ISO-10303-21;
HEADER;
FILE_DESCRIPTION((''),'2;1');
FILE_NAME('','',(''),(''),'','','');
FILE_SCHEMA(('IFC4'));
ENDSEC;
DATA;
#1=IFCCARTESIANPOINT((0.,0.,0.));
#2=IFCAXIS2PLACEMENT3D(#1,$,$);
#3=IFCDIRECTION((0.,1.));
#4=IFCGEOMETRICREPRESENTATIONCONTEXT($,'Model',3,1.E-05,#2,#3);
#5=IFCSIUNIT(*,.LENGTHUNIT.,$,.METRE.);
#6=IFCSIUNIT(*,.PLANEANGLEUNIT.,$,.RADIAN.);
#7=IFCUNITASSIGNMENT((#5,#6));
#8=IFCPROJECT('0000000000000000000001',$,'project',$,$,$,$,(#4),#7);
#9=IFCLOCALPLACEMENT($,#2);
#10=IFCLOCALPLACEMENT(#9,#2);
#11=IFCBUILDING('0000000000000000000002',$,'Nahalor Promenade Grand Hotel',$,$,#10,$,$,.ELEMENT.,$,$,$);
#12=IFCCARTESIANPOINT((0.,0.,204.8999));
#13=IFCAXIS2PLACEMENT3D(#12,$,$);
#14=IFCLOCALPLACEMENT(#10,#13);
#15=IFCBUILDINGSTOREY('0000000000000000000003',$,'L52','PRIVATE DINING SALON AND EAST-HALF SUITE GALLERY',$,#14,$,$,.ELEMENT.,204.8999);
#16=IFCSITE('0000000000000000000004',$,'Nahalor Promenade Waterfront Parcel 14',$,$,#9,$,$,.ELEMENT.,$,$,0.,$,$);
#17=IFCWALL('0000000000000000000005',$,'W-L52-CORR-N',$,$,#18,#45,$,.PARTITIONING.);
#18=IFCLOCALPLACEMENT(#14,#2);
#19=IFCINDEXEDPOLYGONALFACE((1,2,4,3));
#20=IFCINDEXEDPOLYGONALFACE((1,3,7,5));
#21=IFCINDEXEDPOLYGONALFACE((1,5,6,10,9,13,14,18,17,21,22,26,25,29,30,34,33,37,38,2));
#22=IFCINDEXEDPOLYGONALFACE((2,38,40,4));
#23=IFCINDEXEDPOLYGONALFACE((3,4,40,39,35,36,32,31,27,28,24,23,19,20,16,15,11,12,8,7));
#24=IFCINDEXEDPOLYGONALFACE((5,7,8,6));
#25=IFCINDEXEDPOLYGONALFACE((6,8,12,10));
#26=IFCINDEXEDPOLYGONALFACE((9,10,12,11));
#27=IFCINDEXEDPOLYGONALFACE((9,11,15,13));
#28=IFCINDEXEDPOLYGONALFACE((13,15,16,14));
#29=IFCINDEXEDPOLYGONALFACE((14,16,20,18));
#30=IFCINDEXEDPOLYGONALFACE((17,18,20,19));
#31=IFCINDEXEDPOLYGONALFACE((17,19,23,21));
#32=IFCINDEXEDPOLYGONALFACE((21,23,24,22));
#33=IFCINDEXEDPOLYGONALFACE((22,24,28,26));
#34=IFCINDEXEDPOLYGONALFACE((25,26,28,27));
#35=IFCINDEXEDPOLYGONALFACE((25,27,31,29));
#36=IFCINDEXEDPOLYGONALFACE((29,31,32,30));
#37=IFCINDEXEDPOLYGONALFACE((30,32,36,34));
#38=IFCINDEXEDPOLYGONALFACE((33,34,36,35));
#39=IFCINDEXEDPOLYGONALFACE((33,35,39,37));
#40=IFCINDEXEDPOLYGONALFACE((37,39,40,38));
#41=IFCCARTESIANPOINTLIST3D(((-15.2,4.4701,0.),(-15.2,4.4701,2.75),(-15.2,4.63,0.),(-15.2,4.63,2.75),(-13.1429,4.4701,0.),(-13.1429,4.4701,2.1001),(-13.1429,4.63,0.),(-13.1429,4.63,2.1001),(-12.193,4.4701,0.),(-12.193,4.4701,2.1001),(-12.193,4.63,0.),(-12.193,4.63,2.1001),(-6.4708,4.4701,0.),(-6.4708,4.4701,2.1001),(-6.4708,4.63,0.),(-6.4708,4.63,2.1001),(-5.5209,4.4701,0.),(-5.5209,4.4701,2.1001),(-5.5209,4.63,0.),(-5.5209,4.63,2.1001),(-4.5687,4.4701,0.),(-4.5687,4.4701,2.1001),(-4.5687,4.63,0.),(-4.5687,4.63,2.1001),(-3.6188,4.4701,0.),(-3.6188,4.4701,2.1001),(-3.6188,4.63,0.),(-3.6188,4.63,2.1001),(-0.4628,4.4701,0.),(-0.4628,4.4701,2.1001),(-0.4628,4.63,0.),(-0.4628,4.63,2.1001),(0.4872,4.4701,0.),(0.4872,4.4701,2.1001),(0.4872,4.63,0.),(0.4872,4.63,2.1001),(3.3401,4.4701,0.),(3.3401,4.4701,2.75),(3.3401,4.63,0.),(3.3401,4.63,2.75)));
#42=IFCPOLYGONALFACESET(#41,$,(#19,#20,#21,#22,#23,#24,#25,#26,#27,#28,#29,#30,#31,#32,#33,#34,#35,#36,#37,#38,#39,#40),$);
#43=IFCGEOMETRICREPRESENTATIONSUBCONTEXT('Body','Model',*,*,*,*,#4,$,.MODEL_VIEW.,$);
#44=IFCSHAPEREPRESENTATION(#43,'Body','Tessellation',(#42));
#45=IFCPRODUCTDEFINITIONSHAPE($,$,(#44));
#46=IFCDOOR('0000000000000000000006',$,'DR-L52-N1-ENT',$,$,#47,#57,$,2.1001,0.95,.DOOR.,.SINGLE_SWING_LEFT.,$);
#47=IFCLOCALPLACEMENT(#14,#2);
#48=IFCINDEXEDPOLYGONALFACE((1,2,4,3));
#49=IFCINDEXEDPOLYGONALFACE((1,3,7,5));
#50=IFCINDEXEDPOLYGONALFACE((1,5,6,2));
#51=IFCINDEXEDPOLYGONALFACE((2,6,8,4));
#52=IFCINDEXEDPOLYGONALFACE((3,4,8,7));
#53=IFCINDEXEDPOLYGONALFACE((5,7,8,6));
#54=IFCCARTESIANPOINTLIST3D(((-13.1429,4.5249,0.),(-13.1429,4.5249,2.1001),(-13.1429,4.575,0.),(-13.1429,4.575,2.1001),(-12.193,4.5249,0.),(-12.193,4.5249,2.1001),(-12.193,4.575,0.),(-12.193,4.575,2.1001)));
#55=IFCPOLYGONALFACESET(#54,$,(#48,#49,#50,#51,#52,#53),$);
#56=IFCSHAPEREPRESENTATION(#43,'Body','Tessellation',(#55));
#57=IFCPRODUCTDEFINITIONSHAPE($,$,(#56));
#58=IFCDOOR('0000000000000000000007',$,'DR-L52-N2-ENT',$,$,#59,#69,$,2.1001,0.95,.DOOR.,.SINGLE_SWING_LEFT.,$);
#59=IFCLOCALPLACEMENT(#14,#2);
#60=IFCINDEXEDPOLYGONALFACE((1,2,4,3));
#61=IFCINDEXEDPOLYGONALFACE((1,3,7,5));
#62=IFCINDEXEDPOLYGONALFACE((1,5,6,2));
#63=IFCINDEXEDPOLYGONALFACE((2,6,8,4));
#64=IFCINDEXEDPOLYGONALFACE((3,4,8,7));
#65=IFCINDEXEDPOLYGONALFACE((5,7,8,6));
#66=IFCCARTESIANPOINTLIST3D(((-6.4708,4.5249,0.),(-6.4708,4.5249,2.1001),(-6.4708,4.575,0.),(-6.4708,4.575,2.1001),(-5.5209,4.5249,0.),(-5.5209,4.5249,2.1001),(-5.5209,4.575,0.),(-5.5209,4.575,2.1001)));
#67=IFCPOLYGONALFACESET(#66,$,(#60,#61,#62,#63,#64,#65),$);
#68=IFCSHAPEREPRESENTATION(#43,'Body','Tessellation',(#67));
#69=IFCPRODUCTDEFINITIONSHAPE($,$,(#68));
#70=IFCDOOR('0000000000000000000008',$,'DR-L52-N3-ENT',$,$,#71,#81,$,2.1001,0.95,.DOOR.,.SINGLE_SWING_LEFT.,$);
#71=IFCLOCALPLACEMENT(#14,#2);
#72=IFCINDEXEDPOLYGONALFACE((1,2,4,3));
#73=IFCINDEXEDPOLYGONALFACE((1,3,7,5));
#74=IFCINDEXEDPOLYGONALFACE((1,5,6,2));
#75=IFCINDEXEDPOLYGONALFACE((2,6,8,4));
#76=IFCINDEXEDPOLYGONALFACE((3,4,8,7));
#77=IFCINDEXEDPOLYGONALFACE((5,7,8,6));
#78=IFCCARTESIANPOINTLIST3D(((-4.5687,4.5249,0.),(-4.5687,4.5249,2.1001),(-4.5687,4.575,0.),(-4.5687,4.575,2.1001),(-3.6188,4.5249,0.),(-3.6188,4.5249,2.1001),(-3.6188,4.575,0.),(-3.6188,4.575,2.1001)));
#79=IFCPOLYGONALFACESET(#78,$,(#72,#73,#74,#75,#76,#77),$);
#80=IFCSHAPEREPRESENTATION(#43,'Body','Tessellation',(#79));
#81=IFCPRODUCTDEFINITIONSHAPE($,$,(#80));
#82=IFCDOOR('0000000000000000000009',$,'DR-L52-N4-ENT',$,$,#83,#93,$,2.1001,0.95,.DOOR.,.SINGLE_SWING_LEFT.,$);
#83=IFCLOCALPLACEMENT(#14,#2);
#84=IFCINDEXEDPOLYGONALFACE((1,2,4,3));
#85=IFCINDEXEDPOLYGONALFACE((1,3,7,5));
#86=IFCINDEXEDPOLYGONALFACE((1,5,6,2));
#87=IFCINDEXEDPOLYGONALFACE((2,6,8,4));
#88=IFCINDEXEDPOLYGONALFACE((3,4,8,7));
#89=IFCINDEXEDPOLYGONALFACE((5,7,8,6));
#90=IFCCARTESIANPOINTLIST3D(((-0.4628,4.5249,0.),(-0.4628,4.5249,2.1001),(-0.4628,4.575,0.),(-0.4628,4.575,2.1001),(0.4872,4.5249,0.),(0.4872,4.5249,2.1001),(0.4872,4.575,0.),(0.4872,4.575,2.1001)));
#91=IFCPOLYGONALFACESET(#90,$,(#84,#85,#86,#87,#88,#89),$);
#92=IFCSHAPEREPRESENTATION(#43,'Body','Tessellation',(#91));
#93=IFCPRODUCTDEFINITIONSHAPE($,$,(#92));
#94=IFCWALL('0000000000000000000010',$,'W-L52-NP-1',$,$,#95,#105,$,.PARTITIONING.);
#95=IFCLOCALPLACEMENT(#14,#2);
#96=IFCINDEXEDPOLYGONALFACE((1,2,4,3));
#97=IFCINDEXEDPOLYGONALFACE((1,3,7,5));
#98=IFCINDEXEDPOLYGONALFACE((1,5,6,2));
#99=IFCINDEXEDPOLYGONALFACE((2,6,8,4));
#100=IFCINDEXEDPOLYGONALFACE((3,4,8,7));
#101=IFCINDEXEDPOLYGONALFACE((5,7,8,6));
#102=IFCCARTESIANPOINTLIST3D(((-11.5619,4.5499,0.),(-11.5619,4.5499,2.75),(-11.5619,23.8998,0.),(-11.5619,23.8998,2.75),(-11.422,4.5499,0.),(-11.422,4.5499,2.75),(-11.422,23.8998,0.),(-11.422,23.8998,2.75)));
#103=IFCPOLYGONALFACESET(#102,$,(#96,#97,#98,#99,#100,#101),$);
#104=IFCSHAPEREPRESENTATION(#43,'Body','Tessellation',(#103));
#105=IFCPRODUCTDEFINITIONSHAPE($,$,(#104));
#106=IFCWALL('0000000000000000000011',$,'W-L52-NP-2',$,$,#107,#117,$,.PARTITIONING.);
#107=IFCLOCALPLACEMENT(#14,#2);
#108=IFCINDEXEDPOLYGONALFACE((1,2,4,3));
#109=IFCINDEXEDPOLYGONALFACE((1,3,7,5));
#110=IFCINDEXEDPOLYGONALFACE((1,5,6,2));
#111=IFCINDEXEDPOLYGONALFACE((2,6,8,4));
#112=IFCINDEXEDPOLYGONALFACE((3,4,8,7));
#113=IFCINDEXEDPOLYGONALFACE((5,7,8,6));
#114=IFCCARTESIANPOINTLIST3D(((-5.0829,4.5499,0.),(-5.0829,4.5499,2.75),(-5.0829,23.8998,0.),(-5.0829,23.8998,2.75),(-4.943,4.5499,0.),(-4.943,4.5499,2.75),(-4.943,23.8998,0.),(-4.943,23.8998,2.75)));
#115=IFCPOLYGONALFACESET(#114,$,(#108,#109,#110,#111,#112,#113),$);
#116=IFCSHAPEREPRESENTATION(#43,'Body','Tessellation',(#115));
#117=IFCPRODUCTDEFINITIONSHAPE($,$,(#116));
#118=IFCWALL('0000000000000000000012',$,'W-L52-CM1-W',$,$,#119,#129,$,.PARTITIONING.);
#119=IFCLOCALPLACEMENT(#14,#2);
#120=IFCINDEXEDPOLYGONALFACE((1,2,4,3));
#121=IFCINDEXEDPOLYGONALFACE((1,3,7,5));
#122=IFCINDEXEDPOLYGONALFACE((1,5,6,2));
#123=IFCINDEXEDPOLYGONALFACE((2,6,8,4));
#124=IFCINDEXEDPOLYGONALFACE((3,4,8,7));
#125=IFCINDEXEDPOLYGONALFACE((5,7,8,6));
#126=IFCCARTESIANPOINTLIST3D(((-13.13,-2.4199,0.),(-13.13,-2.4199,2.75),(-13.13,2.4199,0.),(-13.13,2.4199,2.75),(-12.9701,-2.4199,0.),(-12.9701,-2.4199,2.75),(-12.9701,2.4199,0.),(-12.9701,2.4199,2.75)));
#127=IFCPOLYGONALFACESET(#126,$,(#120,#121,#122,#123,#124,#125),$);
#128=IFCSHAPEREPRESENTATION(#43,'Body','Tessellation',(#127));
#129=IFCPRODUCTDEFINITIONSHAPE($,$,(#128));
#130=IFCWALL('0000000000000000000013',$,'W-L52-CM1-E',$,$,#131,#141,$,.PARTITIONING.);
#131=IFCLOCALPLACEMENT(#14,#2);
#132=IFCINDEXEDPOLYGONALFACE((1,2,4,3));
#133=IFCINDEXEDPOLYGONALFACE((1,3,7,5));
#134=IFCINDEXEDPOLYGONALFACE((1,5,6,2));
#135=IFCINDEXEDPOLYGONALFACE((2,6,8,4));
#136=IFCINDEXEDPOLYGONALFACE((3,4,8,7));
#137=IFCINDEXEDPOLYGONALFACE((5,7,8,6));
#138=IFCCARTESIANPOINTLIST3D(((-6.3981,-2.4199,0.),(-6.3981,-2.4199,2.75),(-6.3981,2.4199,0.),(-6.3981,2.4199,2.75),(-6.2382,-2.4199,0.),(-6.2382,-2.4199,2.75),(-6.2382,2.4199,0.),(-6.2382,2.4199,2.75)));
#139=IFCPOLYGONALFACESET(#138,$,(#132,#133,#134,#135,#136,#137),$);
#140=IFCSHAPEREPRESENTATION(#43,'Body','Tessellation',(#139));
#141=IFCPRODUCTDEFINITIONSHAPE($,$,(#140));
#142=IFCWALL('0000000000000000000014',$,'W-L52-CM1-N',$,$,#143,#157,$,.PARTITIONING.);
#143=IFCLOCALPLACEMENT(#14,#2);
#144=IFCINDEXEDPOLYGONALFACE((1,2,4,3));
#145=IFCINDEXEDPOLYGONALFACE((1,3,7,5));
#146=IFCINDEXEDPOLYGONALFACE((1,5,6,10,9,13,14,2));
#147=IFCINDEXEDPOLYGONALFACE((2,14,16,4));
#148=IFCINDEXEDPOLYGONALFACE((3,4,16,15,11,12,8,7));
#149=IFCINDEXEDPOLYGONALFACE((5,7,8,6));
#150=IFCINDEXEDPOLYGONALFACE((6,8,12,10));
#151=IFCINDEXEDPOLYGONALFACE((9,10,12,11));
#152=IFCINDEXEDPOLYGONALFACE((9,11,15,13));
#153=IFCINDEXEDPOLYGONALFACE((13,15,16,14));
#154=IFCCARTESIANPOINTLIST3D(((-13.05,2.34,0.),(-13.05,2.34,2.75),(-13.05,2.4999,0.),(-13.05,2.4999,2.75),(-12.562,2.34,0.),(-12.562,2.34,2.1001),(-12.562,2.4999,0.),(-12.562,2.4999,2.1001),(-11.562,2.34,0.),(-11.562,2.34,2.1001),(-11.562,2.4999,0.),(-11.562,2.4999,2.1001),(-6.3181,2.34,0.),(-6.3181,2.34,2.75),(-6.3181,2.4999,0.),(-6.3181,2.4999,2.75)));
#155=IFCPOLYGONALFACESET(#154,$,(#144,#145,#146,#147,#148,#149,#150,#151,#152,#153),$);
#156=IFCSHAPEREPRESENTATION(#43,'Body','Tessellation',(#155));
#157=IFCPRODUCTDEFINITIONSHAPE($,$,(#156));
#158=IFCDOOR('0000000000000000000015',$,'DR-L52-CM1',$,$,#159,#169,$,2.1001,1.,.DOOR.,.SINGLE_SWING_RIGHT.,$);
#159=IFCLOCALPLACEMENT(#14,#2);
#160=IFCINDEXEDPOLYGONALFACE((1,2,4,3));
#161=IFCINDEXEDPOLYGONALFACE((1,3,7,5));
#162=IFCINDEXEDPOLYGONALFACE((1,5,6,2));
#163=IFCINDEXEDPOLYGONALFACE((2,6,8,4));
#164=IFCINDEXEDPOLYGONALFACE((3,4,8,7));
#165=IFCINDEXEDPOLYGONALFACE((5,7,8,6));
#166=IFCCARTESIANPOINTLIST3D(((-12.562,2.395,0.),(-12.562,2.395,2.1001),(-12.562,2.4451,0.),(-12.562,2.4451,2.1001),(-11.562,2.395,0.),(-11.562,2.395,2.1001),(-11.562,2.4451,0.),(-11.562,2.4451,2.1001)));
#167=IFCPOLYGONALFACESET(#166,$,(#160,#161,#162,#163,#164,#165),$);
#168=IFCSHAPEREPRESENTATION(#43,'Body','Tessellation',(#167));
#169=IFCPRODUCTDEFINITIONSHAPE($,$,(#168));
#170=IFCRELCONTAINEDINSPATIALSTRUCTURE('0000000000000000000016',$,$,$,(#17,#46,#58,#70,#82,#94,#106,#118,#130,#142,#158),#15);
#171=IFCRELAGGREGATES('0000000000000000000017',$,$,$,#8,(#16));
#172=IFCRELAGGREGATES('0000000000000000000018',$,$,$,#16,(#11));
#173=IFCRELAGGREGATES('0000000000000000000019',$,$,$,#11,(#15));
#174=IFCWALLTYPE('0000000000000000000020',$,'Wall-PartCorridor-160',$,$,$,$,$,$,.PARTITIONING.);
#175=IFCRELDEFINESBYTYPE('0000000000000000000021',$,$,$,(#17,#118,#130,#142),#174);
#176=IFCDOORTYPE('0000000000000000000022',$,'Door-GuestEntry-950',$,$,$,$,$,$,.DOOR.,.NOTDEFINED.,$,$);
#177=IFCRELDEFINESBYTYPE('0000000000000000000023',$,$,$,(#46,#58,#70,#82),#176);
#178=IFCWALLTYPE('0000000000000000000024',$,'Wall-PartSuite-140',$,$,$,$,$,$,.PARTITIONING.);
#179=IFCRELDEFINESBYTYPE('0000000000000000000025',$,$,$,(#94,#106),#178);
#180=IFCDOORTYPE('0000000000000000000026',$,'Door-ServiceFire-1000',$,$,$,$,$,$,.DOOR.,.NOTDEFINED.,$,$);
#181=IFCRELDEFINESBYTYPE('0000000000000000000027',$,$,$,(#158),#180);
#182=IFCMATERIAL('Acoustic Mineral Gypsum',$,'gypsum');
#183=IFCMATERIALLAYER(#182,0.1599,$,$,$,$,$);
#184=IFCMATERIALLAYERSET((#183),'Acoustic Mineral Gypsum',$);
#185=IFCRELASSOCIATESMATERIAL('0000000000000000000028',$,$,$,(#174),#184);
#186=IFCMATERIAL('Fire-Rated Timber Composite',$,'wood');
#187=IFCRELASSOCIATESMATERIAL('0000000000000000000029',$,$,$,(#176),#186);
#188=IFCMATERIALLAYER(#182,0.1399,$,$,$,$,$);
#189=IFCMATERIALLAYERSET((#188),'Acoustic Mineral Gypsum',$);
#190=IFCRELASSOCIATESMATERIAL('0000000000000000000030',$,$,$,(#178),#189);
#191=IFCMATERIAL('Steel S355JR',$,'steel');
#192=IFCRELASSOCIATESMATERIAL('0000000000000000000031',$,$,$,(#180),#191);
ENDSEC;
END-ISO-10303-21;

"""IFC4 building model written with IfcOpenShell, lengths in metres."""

from ifc_helpers import new_model, si_unit, direction, frame, frame_2d, origin, place, context, subcontext, project, spatial, rectangle, extrude, source, transform, mapped, material, layer, layer_set, type_object, element, fill, save


model = new_model("IFC4")

# Units and contexts
model_context = context("Model", 3, precision=1e-05, world=origin(), true_north=direction((0.0, 1.0)))
body_context = subcontext(model_context, "Body", "Model", "MODEL_VIEW")
ifc_project = project(units=[si_unit("LENGTHUNIT", "METRE"), si_unit("PLANEANGLEUNIT", "RADIAN")], contexts=[model_context])

# Site, building, storey
site_placement = place(None, origin())
site = spatial("IfcSite", under=ifc_project, at=site_placement, Name="Nahalor Promenade Waterfront Parcel 14", CompositionType="ELEMENT", RefElevation=0.0)
building_placement = place(site_placement, origin())
building = spatial("IfcBuilding", under=site, at=building_placement, Name="Nahalor Promenade Grand Hotel", CompositionType="ELEMENT")
storey_placement = place(building_placement, frame((0.0, 0.0, 204.8999)))
storey = spatial("IfcBuildingStorey", under=building, at=storey_placement, Name="L52", Description="PRIVATE DINING SALON AND EAST-HALF SUITE GALLERY", CompositionType="ELEMENT", Elevation=204.8999)

# Shared definitions
ifc_material_1 = material(Name="Steel S355JR", Category="steel")

# Wall, openings, doors
ifc_material_2 = material(Name="Acoustic Mineral Gypsum", Category="gypsum")
ifc_layer_1 = layer(ifc_material_2, 0.1599)
ifc_layer_set_1 = layer_set([ifc_layer_1], Name="Acoustic Mineral Gypsum")
wall_type_1 = type_object("IfcWallType", Name="Wall-PartCorridor-160", PredefinedType="PARTITIONING", material=ifc_layer_set_1)
shared_shape_1 = source(origin(), body_context, "Body", "SweptSolid", [
    extrude(rectangle(XDim=18.54, YDim=0.1599, at=frame_2d((9.27, 0.0))), origin(), (0.0, 0.0, 1.0), 2.75),
])
wall_1_placement = place(storey_placement, frame((-15.2, 4.55, 0.0), z_axis=(0.0, 0.0, 1.0), x_axis=(1.0, 0.0, 0.0)))
wall_1 = element("IfcWall", 1, at=wall_1_placement, inside=storey, type_object=wall_type_1, Name="W-L52-CORR-N", PredefinedType="PARTITIONING", context=body_context, shape_type="MappedRepresentation", body=[
    mapped(shared_shape_1, transform((0.0, 0.0, 0.0), scale=1.0)),
])
opening_1_placement = place(wall_1_placement, frame((2.0569, 0.0, 0.0)))
opening_1 = element("IfcOpeningElement", 2, at=opening_1_placement, cuts=wall_1, PredefinedType="OPENING", context=body_context, shape_type="SweptSolid", body=[
    extrude(rectangle(XDim=0.95, YDim=2.1001, at=frame_2d((0.4751, 1.05))), frame((0.0, 0.0898, 0.0), z_axis=(0.0, -1.0, 0.0), x_axis=(1.0, 0.0, 0.0)), (0.0, 0.0, 1.0), 0.1799),
])
opening_2_placement = place(wall_1_placement, frame((8.729, 0.0, 0.0)))
opening_2 = element("IfcOpeningElement", 3, at=opening_2_placement, cuts=wall_1, PredefinedType="OPENING", context=body_context, shape_type="SweptSolid", body=[
    extrude(rectangle(XDim=0.95, YDim=2.1001, at=frame_2d((0.4751, 1.05))), frame((0.0, 0.0898, 0.0), z_axis=(0.0, -1.0, 0.0), x_axis=(1.0, 0.0, 0.0)), (0.0, 0.0, 1.0), 0.1799),
])
opening_3_placement = place(wall_1_placement, frame((10.6311, 0.0, 0.0)))
opening_3 = element("IfcOpeningElement", 4, at=opening_3_placement, cuts=wall_1, PredefinedType="OPENING", context=body_context, shape_type="SweptSolid", body=[
    extrude(rectangle(XDim=0.95, YDim=2.1001, at=frame_2d((0.4751, 1.05))), frame((0.0, 0.0898, 0.0), z_axis=(0.0, -1.0, 0.0), x_axis=(1.0, 0.0, 0.0)), (0.0, 0.0, 1.0), 0.1799),
])
opening_4_placement = place(wall_1_placement, frame((14.7371, 0.0, 0.0)))
opening_4 = element("IfcOpeningElement", 5, at=opening_4_placement, cuts=wall_1, PredefinedType="OPENING", context=body_context, shape_type="SweptSolid", body=[
    extrude(rectangle(XDim=0.95, YDim=2.1001, at=frame_2d((0.4751, 1.05))), frame((0.0, 0.0898, 0.0), z_axis=(0.0, -1.0, 0.0), x_axis=(1.0, 0.0, 0.0)), (0.0, 0.0, 1.0), 0.1799),
])
ifc_material_3 = material(Name="Fire-Rated Timber Composite", Category="wood")
door_type_1 = type_object("IfcDoorType", Name="Door-GuestEntry-950", OperationType="NOTDEFINED", PredefinedType="DOOR", material=ifc_material_3)
shared_shape_2 = source(origin(), body_context, "Body", "SweptSolid", [
    extrude(rectangle(XDim=0.95, YDim=2.1001, at=frame_2d((0.4751, 1.05))), frame((0.0, 0.0249, 0.0), z_axis=(0.0, -1.0, 0.0), x_axis=(1.0, 0.0, 0.0)), (0.0, 0.0, 1.0), 0.05),
])
door_1_placement = place(opening_1_placement, origin())
door_1 = element("IfcDoor", 6, at=door_1_placement, inside=storey, type_object=door_type_1, Name="DR-L52-N1-ENT", OperationType="SINGLE_SWING_LEFT", OverallHeight=2.1001, OverallWidth=0.95, PredefinedType="DOOR", context=body_context, shape_type="MappedRepresentation", body=[
    mapped(shared_shape_2, transform((0.0, 0.0, 0.0), scale=1.0)),
])
fill(opening_1, door_1)
door_2_placement = place(opening_2_placement, origin())
door_2 = element("IfcDoor", 7, at=door_2_placement, inside=storey, type_object=door_type_1, Name="DR-L52-N2-ENT", OperationType="SINGLE_SWING_LEFT", OverallHeight=2.1001, OverallWidth=0.95, PredefinedType="DOOR", context=body_context, shape_type="MappedRepresentation", body=[
    mapped(shared_shape_2, transform((0.0, 0.0, 0.0), scale=1.0)),
])
fill(opening_2, door_2)
door_3_placement = place(opening_3_placement, origin())
door_3 = element("IfcDoor", 8, at=door_3_placement, inside=storey, type_object=door_type_1, Name="DR-L52-N3-ENT", OperationType="SINGLE_SWING_LEFT", OverallHeight=2.1001, OverallWidth=0.95, PredefinedType="DOOR", context=body_context, shape_type="MappedRepresentation", body=[
    mapped(shared_shape_2, transform((0.0, 0.0, 0.0), scale=1.0)),
])
fill(opening_3, door_3)
door_4_placement = place(opening_4_placement, origin())
door_4 = element("IfcDoor", 9, at=door_4_placement, inside=storey, type_object=door_type_1, Name="DR-L52-N4-ENT", OperationType="SINGLE_SWING_LEFT", OverallHeight=2.1001, OverallWidth=0.95, PredefinedType="DOOR", context=body_context, shape_type="MappedRepresentation", body=[
    mapped(shared_shape_2, transform((0.0, 0.0, 0.0), scale=1.0)),
])
fill(opening_4, door_4)

# Walls
ifc_layer_2 = layer(ifc_material_2, 0.1399)
ifc_layer_set_2 = layer_set([ifc_layer_2], Name="Acoustic Mineral Gypsum")
wall_type_2 = type_object("IfcWallType", Name="Wall-PartSuite-140", PredefinedType="PARTITIONING", material=ifc_layer_set_2)
shared_shape_3 = source(origin(), body_context, "Body", "SweptSolid", [
    extrude(rectangle(XDim=19.3499, YDim=0.1399, at=frame_2d((9.6748, 0.0))), origin(), (0.0, 0.0, 1.0), 2.75),
])
for number, where, z_axis, x_axis, name in (
    (10, (-11.4919, 4.55, 0.0), (0.0, 0.0, 1.0), (0.0, 1.0, 0.0), "W-L52-NP-1"),
    (11, (-5.0129, 4.55, 0.0), (0.0, 0.0, 1.0), (0.0, 1.0, 0.0), "W-L52-NP-2"),
):
    element("IfcWall", number, at=place(storey_placement, frame(where, z_axis=z_axis, x_axis=x_axis)), inside=storey, type_object=wall_type_2, Name=name, PredefinedType="PARTITIONING", context=body_context, shape_type="MappedRepresentation", body=[
        mapped(shared_shape_3, transform((0.0, 0.0, 0.0), scale=1.0)),
    ])
shared_shape_4 = source(origin(), body_context, "Body", "SweptSolid", [
    extrude(rectangle(XDim=4.8398, YDim=0.1599, at=frame_2d((2.4199, 0.0))), origin(), (0.0, 0.0, 1.0), 2.75),
])
for number, where, z_axis, x_axis, name in (
    (12, (-13.05, -2.4199, 0.0), (0.0, 0.0, 1.0), (0.0, 1.0, 0.0), "W-L52-CM1-W"),
    (13, (-6.3181, -2.4199, 0.0), (0.0, 0.0, 1.0), (0.0, 1.0, 0.0), "W-L52-CM1-E"),
):
    element("IfcWall", number, at=place(storey_placement, frame(where, z_axis=z_axis, x_axis=x_axis)), inside=storey, type_object=wall_type_1, Name=name, PredefinedType="PARTITIONING", context=body_context, shape_type="MappedRepresentation", body=[
        mapped(shared_shape_4, transform((0.0, 0.0, 0.0), scale=1.0)),
    ])

# Wall, opening, door
shared_shape_5 = source(origin(), body_context, "Body", "SweptSolid", [
    extrude(rectangle(XDim=6.7319, YDim=0.1599, at=frame_2d((3.366, 0.0))), origin(), (0.0, 0.0, 1.0), 2.75),
])
wall_2_placement = place(storey_placement, frame((-13.05, 2.4199, 0.0), z_axis=(0.0, 0.0, 1.0), x_axis=(1.0, 0.0, 0.0)))
wall_2 = element("IfcWall", 14, at=wall_2_placement, inside=storey, type_object=wall_type_1, Name="W-L52-CM1-N", PredefinedType="PARTITIONING", context=body_context, shape_type="MappedRepresentation", body=[
    mapped(shared_shape_5, transform((0.0, 0.0, 0.0), scale=1.0)),
])
opening_5_placement = place(wall_2_placement, frame((0.488, 0.0, 0.0)))
opening_5 = element("IfcOpeningElement", 15, at=opening_5_placement, cuts=wall_2, PredefinedType="OPENING", context=body_context, shape_type="SweptSolid", body=[
    extrude(rectangle(XDim=1.0, YDim=2.1001, at=frame_2d((0.5, 1.05))), frame((0.0, 0.0898, 0.0), z_axis=(0.0, -1.0, 0.0), x_axis=(1.0, 0.0, 0.0)), (0.0, 0.0, 1.0), 0.1799),
])
door_type_2 = type_object("IfcDoorType", Name="Door-ServiceFire-1000", OperationType="NOTDEFINED", PredefinedType="DOOR", material=ifc_material_1)
shared_shape_6 = source(origin(), body_context, "Body", "SweptSolid", [
    extrude(rectangle(XDim=1.0, YDim=2.1001, at=frame_2d((0.5, 1.05))), frame((0.0, 0.0249, 0.0), z_axis=(0.0, -1.0, 0.0), x_axis=(1.0, 0.0, 0.0)), (0.0, 0.0, 1.0), 0.05),
])
door_5_placement = place(opening_5_placement, frame((1.0, 0.0, 0.0), z_axis=(0.0, 0.0, 1.0), x_axis=(-1.0, 0.0, 0.0)))
door_5 = element("IfcDoor", 16, at=door_5_placement, inside=storey, type_object=door_type_2, Name="DR-L52-CM1", OperationType="SINGLE_SWING_RIGHT", OverallHeight=2.1001, OverallWidth=1.0, PredefinedType="DOOR", context=body_context, shape_type="MappedRepresentation", body=[
    mapped(shared_shape_6, transform((0.0, 0.0, 0.0), scale=1.0)),
])
fill(opening_5, door_5)

save(model, "model.ifc")
